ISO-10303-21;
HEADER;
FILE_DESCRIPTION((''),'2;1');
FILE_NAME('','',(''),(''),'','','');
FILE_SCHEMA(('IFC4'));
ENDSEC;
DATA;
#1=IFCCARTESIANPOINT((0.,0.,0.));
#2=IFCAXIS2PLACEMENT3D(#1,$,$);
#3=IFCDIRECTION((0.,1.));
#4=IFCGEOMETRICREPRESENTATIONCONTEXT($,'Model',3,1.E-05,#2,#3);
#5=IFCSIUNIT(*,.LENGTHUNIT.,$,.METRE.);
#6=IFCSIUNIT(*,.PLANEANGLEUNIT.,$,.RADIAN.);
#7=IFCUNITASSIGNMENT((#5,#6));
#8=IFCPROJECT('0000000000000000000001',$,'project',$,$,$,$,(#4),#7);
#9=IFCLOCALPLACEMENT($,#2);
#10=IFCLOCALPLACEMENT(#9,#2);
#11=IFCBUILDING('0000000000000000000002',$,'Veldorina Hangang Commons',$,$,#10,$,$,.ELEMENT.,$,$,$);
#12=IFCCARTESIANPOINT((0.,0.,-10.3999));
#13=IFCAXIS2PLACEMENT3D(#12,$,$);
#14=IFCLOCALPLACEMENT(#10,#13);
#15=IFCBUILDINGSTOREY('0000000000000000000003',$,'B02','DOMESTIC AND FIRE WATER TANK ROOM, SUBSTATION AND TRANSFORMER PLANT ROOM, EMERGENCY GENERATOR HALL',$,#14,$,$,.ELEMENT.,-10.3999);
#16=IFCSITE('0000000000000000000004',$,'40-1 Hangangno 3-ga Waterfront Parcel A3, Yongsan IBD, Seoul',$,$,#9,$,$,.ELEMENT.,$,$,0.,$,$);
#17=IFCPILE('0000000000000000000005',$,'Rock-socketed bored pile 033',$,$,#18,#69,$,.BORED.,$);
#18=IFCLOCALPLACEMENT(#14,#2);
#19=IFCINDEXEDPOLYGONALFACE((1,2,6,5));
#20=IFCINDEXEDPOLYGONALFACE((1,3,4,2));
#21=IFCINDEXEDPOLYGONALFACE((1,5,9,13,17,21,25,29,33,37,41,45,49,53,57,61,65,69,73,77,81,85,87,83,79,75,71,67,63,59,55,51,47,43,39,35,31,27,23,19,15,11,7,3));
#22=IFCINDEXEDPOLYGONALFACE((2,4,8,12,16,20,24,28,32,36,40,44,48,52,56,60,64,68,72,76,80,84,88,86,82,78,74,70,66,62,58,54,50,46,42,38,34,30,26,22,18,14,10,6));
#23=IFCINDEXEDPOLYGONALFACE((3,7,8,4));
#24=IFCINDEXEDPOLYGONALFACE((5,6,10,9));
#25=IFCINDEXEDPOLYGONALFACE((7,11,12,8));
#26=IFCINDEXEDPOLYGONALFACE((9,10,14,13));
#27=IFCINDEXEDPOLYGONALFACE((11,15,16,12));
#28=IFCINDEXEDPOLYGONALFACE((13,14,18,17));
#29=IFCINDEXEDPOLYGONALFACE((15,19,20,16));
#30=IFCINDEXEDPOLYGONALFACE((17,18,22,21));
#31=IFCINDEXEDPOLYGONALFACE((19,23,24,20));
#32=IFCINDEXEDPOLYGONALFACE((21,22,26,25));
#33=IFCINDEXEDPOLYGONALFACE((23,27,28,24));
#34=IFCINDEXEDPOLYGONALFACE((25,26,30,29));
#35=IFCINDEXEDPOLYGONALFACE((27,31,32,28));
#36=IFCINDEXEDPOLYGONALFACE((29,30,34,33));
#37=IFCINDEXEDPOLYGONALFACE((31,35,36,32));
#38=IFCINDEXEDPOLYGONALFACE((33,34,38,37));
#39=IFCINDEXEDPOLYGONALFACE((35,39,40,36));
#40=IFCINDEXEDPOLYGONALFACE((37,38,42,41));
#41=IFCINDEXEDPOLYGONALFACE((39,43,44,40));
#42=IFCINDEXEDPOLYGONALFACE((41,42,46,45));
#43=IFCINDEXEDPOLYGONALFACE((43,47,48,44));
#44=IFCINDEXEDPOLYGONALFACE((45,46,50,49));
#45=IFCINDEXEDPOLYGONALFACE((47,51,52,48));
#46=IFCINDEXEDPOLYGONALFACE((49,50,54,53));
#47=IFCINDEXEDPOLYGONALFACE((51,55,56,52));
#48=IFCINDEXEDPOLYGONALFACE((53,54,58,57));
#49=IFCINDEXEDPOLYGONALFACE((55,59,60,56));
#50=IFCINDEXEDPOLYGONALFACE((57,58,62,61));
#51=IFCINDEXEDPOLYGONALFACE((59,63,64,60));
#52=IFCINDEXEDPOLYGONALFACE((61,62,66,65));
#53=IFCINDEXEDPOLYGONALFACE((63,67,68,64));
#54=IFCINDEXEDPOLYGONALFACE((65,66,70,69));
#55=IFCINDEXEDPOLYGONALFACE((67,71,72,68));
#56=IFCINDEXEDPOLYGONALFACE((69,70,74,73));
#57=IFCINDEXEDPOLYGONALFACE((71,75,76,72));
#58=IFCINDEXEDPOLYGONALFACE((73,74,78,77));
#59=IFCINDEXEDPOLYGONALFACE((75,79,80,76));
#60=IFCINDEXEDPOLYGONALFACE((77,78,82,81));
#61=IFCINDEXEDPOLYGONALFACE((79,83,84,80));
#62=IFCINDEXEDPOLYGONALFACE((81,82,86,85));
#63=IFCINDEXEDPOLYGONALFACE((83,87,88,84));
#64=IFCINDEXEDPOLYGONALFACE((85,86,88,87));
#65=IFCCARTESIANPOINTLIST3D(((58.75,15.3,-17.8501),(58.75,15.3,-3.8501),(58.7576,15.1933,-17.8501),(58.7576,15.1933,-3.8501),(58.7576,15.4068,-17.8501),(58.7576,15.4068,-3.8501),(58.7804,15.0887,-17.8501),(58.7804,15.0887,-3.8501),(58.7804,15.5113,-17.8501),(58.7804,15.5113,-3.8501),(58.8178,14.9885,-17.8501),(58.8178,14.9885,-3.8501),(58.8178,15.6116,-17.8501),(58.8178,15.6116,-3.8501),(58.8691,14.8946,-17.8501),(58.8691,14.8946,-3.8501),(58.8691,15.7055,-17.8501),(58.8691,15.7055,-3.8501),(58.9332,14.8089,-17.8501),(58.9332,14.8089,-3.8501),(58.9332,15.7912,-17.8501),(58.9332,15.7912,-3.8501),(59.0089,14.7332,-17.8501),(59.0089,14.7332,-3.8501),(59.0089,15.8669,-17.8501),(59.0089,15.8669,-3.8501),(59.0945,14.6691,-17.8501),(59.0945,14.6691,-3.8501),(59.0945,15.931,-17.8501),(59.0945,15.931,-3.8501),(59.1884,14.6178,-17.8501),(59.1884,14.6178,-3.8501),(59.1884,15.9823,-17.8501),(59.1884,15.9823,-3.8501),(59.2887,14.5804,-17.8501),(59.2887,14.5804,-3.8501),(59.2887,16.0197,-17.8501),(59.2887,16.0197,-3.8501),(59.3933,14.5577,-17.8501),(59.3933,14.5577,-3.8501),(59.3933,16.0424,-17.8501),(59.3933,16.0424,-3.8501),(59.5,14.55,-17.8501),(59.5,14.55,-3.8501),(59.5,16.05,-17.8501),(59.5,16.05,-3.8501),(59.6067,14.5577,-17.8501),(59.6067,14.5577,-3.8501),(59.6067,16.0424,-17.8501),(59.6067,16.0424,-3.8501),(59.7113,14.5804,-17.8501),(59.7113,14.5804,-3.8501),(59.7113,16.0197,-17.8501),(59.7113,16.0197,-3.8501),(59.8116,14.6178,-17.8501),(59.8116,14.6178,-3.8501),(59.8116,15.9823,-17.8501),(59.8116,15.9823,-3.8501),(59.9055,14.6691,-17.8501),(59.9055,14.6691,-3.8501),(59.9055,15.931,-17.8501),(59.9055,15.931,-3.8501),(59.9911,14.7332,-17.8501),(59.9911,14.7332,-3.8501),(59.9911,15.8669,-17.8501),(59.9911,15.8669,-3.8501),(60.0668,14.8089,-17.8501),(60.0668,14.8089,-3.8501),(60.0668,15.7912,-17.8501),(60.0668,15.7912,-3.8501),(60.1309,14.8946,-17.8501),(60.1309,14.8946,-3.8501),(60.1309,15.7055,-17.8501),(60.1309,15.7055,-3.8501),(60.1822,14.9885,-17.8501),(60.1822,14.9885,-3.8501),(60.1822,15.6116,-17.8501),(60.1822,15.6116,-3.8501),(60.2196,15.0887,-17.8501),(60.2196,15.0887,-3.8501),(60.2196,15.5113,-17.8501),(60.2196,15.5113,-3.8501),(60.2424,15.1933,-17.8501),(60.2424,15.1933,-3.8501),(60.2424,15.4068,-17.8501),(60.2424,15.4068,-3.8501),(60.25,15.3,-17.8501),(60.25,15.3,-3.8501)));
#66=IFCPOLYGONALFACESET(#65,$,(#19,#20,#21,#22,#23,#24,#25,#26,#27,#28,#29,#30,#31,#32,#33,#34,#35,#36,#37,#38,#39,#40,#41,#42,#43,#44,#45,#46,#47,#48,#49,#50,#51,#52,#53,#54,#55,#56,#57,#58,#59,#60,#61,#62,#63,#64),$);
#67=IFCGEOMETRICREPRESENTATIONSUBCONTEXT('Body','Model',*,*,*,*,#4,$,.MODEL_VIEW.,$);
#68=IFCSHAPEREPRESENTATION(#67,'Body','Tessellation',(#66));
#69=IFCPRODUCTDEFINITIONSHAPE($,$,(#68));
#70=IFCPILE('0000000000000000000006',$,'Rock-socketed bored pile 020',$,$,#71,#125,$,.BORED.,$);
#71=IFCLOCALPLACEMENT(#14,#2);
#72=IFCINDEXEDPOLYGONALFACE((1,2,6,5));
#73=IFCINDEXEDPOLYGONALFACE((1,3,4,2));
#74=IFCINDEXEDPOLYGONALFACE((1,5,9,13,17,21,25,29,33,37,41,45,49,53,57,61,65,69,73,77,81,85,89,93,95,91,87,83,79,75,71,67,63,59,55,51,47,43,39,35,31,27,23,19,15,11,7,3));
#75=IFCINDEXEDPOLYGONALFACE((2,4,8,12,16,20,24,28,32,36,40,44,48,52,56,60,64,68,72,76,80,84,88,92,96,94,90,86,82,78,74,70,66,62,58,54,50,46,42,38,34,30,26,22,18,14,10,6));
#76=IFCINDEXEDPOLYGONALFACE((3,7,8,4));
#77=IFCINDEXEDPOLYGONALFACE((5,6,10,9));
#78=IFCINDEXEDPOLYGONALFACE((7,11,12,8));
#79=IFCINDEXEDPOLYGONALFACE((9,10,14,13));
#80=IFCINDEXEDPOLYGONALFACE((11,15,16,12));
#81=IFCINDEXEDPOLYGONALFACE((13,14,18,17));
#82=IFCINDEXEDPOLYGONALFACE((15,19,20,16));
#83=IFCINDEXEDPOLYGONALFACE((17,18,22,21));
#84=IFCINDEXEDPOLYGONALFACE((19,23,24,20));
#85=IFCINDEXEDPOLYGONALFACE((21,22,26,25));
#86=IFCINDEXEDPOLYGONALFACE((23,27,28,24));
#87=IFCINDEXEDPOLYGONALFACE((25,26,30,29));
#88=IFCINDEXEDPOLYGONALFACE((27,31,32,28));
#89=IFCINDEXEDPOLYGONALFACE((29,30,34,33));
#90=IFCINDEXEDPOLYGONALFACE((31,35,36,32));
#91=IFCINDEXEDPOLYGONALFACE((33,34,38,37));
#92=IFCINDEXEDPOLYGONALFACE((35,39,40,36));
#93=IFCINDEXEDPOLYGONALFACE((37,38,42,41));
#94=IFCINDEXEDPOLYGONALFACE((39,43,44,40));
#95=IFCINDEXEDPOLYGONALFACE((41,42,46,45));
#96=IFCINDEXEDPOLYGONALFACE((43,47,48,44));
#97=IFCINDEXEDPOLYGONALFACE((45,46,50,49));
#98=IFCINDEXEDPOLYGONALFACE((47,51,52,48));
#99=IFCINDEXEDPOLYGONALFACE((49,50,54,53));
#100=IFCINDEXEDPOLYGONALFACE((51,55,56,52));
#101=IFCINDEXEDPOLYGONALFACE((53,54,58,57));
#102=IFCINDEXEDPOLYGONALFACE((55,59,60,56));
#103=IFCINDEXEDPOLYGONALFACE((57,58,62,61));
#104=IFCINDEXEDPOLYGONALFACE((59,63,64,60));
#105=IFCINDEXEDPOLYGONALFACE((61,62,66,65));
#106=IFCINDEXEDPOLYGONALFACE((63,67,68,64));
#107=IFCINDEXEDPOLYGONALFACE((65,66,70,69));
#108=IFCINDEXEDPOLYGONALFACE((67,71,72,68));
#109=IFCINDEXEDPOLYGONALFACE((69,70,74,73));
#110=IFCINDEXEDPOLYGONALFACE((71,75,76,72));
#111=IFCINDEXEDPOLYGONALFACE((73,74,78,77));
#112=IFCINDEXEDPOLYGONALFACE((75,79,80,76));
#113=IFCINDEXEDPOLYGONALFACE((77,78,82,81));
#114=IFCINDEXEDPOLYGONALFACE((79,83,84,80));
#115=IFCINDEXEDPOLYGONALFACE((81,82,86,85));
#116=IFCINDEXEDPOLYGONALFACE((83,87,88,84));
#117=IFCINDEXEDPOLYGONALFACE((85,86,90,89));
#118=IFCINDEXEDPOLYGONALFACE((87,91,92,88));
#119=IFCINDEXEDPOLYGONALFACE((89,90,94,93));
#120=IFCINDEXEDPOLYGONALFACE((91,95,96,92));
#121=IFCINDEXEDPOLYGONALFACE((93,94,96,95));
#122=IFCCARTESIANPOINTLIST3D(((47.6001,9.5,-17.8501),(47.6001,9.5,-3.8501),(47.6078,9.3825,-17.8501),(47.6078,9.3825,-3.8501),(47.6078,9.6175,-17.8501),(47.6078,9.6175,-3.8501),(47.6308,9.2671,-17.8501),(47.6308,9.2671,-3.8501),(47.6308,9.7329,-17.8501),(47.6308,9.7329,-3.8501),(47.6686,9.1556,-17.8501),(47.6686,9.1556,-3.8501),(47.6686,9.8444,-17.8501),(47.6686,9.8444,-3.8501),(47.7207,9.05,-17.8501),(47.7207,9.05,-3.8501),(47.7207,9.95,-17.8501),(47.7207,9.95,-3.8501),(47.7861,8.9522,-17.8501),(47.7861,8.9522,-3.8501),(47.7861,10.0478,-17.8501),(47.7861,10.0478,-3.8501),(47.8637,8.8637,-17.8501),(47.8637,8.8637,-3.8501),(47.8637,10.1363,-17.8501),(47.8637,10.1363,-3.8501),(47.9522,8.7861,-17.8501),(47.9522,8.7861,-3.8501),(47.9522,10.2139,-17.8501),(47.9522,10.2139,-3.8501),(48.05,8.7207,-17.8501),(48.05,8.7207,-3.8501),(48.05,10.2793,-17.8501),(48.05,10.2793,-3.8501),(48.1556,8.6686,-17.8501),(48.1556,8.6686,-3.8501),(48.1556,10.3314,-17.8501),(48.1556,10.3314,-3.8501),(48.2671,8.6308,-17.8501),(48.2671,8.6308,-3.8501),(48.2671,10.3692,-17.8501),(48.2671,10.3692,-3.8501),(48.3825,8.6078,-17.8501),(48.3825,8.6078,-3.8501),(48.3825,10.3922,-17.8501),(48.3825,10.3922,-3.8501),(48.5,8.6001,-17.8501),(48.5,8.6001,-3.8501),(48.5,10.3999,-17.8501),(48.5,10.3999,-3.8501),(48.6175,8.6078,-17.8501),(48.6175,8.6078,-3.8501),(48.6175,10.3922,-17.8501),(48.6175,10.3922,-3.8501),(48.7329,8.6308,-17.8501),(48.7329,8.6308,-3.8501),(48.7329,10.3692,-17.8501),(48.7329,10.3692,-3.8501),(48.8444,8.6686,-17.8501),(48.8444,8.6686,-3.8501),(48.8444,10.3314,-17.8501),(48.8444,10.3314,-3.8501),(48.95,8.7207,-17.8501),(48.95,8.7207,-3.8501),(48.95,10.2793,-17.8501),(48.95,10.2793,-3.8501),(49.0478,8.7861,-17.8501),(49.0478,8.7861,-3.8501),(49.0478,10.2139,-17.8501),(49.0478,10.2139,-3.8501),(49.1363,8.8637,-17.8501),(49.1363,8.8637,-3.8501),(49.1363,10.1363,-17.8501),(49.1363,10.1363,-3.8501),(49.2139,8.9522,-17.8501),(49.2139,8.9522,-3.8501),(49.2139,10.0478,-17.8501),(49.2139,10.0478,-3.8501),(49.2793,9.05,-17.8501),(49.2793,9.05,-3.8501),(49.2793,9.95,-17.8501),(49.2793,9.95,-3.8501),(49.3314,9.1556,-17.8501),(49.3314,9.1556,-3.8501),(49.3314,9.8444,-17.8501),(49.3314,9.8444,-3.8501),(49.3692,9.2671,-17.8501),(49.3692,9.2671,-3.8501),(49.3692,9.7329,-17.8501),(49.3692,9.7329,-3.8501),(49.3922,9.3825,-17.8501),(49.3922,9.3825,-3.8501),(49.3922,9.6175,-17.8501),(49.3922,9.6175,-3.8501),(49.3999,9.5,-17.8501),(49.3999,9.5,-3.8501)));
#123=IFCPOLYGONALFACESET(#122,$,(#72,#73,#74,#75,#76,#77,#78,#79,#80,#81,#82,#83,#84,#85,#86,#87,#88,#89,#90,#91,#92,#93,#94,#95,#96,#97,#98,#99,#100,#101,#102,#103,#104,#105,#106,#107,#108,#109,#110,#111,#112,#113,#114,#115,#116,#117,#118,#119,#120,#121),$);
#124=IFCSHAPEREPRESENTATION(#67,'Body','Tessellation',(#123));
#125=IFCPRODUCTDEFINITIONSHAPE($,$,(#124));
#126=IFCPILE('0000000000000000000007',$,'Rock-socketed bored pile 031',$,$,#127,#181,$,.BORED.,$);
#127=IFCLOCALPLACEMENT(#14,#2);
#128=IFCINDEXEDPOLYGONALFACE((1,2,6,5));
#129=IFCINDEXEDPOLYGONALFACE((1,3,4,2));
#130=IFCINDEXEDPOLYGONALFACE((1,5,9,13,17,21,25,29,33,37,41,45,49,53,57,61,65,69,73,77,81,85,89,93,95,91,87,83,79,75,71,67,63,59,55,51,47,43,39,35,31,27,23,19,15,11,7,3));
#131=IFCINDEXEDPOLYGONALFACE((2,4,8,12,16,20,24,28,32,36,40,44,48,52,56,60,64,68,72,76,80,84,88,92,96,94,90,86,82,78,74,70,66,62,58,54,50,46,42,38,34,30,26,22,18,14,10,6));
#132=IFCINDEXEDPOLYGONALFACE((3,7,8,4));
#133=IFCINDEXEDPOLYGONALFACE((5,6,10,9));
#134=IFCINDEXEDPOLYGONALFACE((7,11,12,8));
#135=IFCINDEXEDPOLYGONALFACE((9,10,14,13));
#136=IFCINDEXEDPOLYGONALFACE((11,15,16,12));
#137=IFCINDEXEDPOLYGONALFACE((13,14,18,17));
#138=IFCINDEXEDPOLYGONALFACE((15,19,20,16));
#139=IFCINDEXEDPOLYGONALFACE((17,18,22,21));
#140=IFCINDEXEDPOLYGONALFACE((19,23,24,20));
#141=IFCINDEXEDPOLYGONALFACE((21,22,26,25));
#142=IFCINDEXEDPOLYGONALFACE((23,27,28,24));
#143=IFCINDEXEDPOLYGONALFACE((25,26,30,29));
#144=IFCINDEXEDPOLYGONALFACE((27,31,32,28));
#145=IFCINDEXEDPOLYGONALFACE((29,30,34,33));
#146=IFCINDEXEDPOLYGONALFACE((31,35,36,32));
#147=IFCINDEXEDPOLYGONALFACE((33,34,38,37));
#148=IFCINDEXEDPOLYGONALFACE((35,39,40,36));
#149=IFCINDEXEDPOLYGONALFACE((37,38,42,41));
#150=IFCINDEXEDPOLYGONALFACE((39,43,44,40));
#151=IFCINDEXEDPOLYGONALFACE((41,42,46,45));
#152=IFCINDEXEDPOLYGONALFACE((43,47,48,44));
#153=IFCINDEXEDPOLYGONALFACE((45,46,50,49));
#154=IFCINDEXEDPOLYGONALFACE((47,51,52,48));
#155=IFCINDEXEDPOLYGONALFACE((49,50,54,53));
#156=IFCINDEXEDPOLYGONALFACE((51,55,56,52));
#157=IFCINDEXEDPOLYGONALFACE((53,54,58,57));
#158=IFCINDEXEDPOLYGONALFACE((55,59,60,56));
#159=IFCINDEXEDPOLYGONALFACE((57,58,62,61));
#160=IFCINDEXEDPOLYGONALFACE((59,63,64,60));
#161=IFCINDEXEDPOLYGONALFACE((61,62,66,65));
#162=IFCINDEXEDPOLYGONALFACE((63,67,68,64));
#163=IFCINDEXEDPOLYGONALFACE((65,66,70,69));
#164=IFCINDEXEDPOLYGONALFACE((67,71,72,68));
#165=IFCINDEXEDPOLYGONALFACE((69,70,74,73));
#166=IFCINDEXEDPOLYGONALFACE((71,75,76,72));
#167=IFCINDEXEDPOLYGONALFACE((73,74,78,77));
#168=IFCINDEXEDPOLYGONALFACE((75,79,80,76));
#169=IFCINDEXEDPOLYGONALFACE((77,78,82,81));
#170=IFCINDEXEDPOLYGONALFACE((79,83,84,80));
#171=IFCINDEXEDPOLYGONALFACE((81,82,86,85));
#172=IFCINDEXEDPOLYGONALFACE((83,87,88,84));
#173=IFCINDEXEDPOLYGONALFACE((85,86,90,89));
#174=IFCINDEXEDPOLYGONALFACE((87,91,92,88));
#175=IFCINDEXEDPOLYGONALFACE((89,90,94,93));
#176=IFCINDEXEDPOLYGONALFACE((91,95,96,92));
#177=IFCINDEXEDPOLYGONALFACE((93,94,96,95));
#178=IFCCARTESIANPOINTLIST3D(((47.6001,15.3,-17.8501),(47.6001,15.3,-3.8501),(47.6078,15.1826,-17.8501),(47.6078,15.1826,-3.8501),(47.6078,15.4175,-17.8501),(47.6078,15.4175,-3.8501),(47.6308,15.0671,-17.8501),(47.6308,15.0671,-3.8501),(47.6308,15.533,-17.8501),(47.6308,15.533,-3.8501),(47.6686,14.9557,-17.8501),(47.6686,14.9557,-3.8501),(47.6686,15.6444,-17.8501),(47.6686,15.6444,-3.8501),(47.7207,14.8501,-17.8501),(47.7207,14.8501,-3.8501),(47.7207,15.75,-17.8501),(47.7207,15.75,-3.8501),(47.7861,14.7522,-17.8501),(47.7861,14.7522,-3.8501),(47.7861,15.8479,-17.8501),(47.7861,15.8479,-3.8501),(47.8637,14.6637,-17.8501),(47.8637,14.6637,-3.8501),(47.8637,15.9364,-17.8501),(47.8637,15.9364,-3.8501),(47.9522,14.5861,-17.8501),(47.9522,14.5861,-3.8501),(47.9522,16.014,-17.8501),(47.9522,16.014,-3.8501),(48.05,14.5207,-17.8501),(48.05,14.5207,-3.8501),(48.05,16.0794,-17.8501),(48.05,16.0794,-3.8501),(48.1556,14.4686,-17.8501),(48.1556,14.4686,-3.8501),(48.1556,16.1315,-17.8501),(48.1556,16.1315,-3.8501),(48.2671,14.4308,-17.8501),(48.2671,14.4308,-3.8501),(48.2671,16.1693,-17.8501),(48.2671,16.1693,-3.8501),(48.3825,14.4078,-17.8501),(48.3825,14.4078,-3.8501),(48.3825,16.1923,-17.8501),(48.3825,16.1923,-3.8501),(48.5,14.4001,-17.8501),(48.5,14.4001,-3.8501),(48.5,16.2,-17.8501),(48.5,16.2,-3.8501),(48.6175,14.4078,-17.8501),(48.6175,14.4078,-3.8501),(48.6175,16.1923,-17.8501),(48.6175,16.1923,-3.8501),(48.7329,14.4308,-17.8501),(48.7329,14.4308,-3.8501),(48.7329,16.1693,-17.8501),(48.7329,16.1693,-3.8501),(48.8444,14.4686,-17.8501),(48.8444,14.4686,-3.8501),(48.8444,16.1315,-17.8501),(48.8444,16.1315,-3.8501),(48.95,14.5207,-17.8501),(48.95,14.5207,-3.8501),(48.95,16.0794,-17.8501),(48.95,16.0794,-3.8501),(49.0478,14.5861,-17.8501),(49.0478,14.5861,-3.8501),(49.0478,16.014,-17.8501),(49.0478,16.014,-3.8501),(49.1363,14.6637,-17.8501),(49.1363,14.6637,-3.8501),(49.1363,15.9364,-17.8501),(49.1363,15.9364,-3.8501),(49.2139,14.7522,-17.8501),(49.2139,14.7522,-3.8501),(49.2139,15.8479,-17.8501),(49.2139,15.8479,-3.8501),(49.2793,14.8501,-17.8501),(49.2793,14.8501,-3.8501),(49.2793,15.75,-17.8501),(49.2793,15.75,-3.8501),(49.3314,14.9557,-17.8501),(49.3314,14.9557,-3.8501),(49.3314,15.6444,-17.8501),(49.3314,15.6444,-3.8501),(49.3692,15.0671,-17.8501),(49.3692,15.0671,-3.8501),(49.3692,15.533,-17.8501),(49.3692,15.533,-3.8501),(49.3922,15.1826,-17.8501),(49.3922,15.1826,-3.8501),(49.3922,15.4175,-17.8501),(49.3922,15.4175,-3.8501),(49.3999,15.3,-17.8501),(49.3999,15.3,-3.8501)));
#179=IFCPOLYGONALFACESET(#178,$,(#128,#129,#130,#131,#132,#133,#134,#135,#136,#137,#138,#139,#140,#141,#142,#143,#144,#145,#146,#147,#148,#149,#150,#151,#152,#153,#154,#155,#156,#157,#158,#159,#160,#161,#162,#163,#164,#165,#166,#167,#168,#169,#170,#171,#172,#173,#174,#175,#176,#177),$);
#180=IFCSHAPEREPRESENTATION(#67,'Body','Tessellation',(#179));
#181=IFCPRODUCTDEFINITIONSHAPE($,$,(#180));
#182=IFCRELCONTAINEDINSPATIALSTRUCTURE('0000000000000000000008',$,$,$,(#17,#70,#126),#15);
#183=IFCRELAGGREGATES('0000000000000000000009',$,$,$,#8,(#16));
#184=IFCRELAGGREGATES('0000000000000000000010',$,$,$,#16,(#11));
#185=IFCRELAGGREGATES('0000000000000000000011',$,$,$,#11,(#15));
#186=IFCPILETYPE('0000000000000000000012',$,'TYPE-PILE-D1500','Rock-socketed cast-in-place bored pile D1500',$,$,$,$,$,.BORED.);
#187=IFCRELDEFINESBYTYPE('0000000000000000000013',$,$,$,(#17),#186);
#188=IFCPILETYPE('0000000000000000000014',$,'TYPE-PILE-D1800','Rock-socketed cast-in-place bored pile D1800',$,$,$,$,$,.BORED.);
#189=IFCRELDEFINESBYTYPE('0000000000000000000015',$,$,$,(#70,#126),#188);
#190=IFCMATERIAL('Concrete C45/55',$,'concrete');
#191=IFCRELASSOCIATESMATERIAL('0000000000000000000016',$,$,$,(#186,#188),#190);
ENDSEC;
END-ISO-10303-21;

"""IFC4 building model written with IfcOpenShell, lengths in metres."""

from ifc_helpers import new_model, si_unit, direction, frame, origin, origin_2d, place, context, subcontext, project, spatial, circle, extrude, material, material_profile, profile_set, type_object, element, save


model = new_model("IFC4")

# Units and contexts
model_context = context("Model", 3, precision=1e-05, world=origin(), true_north=direction((0.0, 1.0)))
body_context = subcontext(model_context, "Body", "Model", "MODEL_VIEW")
ifc_project = project(units=[si_unit("LENGTHUNIT", "METRE"), si_unit("PLANEANGLEUNIT", "RADIAN")], contexts=[model_context])

# Site, building, storey
site_placement = place(None, origin())
site = spatial("IfcSite", under=ifc_project, at=site_placement, Name="40-1 Hangangno 3-ga Waterfront Parcel A3, Yongsan IBD, Seoul", CompositionType="ELEMENT", RefElevation=0.0)
building_placement = place(site_placement, origin())
building = spatial("IfcBuilding", under=site, at=building_placement, Name="Veldorina Hangang Commons", CompositionType="ELEMENT")
storey_placement = place(building_placement, frame((0.0, 0.0, -10.3999)))
storey = spatial("IfcBuildingStorey", under=building, at=storey_placement, Name="B02", Description="DOMESTIC AND FIRE WATER TANK ROOM, SUBSTATION AND TRANSFORMER PLANT ROOM, EMERGENCY GENERATOR HALL", CompositionType="ELEMENT", Elevation=-10.3999)

# Piles
ifc_material_1 = material(Name="Concrete C45/55", Category="concrete")
ifc_material_profile_1 = material_profile(ifc_material_1, circle(Radius=0.75, at=origin_2d()), Name="PILE-D1500")
ifc_profile_set_1 = profile_set([ifc_material_profile_1], Name="Concrete C45/55")
pile_type_1 = type_object("IfcPileType", Name="TYPE-PILE-D1500", Description="Rock-socketed cast-in-place bored pile D1500", PredefinedType="BORED", material=ifc_profile_set_1)
for number, where, z_axis, x_axis, name in (
    (1, (59.5, 15.3, -3.8501), (0.0, 0.0, -1.0), (1.0, 0.0, 0.0), "Rock-socketed bored pile 033"),
):
    element("IfcPile", number, at=place(storey_placement, frame(where, z_axis=z_axis, x_axis=x_axis)), inside=storey, type_object=pile_type_1, Name=name, PredefinedType="BORED", context=body_context, shape_type="SweptSolid", body=[
        extrude(circle(Radius=0.75, at=origin_2d()), origin(), (0.0, 0.0, 1.0), 14.0),
    ])
ifc_material_profile_2 = material_profile(ifc_material_1, circle(Radius=0.8999, at=origin_2d()), Name="PILE-D1800")
ifc_profile_set_2 = profile_set([ifc_material_profile_2], Name="Concrete C45/55")
pile_type_2 = type_object("IfcPileType", Name="TYPE-PILE-D1800", Description="Rock-socketed cast-in-place bored pile D1800", PredefinedType="BORED", material=ifc_profile_set_2)
for number, where, z_axis, x_axis, name in (
    (2, (48.5, 9.5, -3.8501), (0.0, 0.0, -1.0), (1.0, 0.0, 0.0), "Rock-socketed bored pile 020"),
    (3, (48.5, 15.3, -3.8501), (0.0, 0.0, -1.0), (1.0, 0.0, 0.0), "Rock-socketed bored pile 031"),
):
    element("IfcPile", number, at=place(storey_placement, frame(where, z_axis=z_axis, x_axis=x_axis)), inside=storey, type_object=pile_type_2, Name=name, PredefinedType="BORED", context=body_context, shape_type="SweptSolid", body=[
        extrude(circle(Radius=0.8999, at=origin_2d()), origin(), (0.0, 0.0, 1.0), 14.0),
    ])

save(model, "model.ifc")
